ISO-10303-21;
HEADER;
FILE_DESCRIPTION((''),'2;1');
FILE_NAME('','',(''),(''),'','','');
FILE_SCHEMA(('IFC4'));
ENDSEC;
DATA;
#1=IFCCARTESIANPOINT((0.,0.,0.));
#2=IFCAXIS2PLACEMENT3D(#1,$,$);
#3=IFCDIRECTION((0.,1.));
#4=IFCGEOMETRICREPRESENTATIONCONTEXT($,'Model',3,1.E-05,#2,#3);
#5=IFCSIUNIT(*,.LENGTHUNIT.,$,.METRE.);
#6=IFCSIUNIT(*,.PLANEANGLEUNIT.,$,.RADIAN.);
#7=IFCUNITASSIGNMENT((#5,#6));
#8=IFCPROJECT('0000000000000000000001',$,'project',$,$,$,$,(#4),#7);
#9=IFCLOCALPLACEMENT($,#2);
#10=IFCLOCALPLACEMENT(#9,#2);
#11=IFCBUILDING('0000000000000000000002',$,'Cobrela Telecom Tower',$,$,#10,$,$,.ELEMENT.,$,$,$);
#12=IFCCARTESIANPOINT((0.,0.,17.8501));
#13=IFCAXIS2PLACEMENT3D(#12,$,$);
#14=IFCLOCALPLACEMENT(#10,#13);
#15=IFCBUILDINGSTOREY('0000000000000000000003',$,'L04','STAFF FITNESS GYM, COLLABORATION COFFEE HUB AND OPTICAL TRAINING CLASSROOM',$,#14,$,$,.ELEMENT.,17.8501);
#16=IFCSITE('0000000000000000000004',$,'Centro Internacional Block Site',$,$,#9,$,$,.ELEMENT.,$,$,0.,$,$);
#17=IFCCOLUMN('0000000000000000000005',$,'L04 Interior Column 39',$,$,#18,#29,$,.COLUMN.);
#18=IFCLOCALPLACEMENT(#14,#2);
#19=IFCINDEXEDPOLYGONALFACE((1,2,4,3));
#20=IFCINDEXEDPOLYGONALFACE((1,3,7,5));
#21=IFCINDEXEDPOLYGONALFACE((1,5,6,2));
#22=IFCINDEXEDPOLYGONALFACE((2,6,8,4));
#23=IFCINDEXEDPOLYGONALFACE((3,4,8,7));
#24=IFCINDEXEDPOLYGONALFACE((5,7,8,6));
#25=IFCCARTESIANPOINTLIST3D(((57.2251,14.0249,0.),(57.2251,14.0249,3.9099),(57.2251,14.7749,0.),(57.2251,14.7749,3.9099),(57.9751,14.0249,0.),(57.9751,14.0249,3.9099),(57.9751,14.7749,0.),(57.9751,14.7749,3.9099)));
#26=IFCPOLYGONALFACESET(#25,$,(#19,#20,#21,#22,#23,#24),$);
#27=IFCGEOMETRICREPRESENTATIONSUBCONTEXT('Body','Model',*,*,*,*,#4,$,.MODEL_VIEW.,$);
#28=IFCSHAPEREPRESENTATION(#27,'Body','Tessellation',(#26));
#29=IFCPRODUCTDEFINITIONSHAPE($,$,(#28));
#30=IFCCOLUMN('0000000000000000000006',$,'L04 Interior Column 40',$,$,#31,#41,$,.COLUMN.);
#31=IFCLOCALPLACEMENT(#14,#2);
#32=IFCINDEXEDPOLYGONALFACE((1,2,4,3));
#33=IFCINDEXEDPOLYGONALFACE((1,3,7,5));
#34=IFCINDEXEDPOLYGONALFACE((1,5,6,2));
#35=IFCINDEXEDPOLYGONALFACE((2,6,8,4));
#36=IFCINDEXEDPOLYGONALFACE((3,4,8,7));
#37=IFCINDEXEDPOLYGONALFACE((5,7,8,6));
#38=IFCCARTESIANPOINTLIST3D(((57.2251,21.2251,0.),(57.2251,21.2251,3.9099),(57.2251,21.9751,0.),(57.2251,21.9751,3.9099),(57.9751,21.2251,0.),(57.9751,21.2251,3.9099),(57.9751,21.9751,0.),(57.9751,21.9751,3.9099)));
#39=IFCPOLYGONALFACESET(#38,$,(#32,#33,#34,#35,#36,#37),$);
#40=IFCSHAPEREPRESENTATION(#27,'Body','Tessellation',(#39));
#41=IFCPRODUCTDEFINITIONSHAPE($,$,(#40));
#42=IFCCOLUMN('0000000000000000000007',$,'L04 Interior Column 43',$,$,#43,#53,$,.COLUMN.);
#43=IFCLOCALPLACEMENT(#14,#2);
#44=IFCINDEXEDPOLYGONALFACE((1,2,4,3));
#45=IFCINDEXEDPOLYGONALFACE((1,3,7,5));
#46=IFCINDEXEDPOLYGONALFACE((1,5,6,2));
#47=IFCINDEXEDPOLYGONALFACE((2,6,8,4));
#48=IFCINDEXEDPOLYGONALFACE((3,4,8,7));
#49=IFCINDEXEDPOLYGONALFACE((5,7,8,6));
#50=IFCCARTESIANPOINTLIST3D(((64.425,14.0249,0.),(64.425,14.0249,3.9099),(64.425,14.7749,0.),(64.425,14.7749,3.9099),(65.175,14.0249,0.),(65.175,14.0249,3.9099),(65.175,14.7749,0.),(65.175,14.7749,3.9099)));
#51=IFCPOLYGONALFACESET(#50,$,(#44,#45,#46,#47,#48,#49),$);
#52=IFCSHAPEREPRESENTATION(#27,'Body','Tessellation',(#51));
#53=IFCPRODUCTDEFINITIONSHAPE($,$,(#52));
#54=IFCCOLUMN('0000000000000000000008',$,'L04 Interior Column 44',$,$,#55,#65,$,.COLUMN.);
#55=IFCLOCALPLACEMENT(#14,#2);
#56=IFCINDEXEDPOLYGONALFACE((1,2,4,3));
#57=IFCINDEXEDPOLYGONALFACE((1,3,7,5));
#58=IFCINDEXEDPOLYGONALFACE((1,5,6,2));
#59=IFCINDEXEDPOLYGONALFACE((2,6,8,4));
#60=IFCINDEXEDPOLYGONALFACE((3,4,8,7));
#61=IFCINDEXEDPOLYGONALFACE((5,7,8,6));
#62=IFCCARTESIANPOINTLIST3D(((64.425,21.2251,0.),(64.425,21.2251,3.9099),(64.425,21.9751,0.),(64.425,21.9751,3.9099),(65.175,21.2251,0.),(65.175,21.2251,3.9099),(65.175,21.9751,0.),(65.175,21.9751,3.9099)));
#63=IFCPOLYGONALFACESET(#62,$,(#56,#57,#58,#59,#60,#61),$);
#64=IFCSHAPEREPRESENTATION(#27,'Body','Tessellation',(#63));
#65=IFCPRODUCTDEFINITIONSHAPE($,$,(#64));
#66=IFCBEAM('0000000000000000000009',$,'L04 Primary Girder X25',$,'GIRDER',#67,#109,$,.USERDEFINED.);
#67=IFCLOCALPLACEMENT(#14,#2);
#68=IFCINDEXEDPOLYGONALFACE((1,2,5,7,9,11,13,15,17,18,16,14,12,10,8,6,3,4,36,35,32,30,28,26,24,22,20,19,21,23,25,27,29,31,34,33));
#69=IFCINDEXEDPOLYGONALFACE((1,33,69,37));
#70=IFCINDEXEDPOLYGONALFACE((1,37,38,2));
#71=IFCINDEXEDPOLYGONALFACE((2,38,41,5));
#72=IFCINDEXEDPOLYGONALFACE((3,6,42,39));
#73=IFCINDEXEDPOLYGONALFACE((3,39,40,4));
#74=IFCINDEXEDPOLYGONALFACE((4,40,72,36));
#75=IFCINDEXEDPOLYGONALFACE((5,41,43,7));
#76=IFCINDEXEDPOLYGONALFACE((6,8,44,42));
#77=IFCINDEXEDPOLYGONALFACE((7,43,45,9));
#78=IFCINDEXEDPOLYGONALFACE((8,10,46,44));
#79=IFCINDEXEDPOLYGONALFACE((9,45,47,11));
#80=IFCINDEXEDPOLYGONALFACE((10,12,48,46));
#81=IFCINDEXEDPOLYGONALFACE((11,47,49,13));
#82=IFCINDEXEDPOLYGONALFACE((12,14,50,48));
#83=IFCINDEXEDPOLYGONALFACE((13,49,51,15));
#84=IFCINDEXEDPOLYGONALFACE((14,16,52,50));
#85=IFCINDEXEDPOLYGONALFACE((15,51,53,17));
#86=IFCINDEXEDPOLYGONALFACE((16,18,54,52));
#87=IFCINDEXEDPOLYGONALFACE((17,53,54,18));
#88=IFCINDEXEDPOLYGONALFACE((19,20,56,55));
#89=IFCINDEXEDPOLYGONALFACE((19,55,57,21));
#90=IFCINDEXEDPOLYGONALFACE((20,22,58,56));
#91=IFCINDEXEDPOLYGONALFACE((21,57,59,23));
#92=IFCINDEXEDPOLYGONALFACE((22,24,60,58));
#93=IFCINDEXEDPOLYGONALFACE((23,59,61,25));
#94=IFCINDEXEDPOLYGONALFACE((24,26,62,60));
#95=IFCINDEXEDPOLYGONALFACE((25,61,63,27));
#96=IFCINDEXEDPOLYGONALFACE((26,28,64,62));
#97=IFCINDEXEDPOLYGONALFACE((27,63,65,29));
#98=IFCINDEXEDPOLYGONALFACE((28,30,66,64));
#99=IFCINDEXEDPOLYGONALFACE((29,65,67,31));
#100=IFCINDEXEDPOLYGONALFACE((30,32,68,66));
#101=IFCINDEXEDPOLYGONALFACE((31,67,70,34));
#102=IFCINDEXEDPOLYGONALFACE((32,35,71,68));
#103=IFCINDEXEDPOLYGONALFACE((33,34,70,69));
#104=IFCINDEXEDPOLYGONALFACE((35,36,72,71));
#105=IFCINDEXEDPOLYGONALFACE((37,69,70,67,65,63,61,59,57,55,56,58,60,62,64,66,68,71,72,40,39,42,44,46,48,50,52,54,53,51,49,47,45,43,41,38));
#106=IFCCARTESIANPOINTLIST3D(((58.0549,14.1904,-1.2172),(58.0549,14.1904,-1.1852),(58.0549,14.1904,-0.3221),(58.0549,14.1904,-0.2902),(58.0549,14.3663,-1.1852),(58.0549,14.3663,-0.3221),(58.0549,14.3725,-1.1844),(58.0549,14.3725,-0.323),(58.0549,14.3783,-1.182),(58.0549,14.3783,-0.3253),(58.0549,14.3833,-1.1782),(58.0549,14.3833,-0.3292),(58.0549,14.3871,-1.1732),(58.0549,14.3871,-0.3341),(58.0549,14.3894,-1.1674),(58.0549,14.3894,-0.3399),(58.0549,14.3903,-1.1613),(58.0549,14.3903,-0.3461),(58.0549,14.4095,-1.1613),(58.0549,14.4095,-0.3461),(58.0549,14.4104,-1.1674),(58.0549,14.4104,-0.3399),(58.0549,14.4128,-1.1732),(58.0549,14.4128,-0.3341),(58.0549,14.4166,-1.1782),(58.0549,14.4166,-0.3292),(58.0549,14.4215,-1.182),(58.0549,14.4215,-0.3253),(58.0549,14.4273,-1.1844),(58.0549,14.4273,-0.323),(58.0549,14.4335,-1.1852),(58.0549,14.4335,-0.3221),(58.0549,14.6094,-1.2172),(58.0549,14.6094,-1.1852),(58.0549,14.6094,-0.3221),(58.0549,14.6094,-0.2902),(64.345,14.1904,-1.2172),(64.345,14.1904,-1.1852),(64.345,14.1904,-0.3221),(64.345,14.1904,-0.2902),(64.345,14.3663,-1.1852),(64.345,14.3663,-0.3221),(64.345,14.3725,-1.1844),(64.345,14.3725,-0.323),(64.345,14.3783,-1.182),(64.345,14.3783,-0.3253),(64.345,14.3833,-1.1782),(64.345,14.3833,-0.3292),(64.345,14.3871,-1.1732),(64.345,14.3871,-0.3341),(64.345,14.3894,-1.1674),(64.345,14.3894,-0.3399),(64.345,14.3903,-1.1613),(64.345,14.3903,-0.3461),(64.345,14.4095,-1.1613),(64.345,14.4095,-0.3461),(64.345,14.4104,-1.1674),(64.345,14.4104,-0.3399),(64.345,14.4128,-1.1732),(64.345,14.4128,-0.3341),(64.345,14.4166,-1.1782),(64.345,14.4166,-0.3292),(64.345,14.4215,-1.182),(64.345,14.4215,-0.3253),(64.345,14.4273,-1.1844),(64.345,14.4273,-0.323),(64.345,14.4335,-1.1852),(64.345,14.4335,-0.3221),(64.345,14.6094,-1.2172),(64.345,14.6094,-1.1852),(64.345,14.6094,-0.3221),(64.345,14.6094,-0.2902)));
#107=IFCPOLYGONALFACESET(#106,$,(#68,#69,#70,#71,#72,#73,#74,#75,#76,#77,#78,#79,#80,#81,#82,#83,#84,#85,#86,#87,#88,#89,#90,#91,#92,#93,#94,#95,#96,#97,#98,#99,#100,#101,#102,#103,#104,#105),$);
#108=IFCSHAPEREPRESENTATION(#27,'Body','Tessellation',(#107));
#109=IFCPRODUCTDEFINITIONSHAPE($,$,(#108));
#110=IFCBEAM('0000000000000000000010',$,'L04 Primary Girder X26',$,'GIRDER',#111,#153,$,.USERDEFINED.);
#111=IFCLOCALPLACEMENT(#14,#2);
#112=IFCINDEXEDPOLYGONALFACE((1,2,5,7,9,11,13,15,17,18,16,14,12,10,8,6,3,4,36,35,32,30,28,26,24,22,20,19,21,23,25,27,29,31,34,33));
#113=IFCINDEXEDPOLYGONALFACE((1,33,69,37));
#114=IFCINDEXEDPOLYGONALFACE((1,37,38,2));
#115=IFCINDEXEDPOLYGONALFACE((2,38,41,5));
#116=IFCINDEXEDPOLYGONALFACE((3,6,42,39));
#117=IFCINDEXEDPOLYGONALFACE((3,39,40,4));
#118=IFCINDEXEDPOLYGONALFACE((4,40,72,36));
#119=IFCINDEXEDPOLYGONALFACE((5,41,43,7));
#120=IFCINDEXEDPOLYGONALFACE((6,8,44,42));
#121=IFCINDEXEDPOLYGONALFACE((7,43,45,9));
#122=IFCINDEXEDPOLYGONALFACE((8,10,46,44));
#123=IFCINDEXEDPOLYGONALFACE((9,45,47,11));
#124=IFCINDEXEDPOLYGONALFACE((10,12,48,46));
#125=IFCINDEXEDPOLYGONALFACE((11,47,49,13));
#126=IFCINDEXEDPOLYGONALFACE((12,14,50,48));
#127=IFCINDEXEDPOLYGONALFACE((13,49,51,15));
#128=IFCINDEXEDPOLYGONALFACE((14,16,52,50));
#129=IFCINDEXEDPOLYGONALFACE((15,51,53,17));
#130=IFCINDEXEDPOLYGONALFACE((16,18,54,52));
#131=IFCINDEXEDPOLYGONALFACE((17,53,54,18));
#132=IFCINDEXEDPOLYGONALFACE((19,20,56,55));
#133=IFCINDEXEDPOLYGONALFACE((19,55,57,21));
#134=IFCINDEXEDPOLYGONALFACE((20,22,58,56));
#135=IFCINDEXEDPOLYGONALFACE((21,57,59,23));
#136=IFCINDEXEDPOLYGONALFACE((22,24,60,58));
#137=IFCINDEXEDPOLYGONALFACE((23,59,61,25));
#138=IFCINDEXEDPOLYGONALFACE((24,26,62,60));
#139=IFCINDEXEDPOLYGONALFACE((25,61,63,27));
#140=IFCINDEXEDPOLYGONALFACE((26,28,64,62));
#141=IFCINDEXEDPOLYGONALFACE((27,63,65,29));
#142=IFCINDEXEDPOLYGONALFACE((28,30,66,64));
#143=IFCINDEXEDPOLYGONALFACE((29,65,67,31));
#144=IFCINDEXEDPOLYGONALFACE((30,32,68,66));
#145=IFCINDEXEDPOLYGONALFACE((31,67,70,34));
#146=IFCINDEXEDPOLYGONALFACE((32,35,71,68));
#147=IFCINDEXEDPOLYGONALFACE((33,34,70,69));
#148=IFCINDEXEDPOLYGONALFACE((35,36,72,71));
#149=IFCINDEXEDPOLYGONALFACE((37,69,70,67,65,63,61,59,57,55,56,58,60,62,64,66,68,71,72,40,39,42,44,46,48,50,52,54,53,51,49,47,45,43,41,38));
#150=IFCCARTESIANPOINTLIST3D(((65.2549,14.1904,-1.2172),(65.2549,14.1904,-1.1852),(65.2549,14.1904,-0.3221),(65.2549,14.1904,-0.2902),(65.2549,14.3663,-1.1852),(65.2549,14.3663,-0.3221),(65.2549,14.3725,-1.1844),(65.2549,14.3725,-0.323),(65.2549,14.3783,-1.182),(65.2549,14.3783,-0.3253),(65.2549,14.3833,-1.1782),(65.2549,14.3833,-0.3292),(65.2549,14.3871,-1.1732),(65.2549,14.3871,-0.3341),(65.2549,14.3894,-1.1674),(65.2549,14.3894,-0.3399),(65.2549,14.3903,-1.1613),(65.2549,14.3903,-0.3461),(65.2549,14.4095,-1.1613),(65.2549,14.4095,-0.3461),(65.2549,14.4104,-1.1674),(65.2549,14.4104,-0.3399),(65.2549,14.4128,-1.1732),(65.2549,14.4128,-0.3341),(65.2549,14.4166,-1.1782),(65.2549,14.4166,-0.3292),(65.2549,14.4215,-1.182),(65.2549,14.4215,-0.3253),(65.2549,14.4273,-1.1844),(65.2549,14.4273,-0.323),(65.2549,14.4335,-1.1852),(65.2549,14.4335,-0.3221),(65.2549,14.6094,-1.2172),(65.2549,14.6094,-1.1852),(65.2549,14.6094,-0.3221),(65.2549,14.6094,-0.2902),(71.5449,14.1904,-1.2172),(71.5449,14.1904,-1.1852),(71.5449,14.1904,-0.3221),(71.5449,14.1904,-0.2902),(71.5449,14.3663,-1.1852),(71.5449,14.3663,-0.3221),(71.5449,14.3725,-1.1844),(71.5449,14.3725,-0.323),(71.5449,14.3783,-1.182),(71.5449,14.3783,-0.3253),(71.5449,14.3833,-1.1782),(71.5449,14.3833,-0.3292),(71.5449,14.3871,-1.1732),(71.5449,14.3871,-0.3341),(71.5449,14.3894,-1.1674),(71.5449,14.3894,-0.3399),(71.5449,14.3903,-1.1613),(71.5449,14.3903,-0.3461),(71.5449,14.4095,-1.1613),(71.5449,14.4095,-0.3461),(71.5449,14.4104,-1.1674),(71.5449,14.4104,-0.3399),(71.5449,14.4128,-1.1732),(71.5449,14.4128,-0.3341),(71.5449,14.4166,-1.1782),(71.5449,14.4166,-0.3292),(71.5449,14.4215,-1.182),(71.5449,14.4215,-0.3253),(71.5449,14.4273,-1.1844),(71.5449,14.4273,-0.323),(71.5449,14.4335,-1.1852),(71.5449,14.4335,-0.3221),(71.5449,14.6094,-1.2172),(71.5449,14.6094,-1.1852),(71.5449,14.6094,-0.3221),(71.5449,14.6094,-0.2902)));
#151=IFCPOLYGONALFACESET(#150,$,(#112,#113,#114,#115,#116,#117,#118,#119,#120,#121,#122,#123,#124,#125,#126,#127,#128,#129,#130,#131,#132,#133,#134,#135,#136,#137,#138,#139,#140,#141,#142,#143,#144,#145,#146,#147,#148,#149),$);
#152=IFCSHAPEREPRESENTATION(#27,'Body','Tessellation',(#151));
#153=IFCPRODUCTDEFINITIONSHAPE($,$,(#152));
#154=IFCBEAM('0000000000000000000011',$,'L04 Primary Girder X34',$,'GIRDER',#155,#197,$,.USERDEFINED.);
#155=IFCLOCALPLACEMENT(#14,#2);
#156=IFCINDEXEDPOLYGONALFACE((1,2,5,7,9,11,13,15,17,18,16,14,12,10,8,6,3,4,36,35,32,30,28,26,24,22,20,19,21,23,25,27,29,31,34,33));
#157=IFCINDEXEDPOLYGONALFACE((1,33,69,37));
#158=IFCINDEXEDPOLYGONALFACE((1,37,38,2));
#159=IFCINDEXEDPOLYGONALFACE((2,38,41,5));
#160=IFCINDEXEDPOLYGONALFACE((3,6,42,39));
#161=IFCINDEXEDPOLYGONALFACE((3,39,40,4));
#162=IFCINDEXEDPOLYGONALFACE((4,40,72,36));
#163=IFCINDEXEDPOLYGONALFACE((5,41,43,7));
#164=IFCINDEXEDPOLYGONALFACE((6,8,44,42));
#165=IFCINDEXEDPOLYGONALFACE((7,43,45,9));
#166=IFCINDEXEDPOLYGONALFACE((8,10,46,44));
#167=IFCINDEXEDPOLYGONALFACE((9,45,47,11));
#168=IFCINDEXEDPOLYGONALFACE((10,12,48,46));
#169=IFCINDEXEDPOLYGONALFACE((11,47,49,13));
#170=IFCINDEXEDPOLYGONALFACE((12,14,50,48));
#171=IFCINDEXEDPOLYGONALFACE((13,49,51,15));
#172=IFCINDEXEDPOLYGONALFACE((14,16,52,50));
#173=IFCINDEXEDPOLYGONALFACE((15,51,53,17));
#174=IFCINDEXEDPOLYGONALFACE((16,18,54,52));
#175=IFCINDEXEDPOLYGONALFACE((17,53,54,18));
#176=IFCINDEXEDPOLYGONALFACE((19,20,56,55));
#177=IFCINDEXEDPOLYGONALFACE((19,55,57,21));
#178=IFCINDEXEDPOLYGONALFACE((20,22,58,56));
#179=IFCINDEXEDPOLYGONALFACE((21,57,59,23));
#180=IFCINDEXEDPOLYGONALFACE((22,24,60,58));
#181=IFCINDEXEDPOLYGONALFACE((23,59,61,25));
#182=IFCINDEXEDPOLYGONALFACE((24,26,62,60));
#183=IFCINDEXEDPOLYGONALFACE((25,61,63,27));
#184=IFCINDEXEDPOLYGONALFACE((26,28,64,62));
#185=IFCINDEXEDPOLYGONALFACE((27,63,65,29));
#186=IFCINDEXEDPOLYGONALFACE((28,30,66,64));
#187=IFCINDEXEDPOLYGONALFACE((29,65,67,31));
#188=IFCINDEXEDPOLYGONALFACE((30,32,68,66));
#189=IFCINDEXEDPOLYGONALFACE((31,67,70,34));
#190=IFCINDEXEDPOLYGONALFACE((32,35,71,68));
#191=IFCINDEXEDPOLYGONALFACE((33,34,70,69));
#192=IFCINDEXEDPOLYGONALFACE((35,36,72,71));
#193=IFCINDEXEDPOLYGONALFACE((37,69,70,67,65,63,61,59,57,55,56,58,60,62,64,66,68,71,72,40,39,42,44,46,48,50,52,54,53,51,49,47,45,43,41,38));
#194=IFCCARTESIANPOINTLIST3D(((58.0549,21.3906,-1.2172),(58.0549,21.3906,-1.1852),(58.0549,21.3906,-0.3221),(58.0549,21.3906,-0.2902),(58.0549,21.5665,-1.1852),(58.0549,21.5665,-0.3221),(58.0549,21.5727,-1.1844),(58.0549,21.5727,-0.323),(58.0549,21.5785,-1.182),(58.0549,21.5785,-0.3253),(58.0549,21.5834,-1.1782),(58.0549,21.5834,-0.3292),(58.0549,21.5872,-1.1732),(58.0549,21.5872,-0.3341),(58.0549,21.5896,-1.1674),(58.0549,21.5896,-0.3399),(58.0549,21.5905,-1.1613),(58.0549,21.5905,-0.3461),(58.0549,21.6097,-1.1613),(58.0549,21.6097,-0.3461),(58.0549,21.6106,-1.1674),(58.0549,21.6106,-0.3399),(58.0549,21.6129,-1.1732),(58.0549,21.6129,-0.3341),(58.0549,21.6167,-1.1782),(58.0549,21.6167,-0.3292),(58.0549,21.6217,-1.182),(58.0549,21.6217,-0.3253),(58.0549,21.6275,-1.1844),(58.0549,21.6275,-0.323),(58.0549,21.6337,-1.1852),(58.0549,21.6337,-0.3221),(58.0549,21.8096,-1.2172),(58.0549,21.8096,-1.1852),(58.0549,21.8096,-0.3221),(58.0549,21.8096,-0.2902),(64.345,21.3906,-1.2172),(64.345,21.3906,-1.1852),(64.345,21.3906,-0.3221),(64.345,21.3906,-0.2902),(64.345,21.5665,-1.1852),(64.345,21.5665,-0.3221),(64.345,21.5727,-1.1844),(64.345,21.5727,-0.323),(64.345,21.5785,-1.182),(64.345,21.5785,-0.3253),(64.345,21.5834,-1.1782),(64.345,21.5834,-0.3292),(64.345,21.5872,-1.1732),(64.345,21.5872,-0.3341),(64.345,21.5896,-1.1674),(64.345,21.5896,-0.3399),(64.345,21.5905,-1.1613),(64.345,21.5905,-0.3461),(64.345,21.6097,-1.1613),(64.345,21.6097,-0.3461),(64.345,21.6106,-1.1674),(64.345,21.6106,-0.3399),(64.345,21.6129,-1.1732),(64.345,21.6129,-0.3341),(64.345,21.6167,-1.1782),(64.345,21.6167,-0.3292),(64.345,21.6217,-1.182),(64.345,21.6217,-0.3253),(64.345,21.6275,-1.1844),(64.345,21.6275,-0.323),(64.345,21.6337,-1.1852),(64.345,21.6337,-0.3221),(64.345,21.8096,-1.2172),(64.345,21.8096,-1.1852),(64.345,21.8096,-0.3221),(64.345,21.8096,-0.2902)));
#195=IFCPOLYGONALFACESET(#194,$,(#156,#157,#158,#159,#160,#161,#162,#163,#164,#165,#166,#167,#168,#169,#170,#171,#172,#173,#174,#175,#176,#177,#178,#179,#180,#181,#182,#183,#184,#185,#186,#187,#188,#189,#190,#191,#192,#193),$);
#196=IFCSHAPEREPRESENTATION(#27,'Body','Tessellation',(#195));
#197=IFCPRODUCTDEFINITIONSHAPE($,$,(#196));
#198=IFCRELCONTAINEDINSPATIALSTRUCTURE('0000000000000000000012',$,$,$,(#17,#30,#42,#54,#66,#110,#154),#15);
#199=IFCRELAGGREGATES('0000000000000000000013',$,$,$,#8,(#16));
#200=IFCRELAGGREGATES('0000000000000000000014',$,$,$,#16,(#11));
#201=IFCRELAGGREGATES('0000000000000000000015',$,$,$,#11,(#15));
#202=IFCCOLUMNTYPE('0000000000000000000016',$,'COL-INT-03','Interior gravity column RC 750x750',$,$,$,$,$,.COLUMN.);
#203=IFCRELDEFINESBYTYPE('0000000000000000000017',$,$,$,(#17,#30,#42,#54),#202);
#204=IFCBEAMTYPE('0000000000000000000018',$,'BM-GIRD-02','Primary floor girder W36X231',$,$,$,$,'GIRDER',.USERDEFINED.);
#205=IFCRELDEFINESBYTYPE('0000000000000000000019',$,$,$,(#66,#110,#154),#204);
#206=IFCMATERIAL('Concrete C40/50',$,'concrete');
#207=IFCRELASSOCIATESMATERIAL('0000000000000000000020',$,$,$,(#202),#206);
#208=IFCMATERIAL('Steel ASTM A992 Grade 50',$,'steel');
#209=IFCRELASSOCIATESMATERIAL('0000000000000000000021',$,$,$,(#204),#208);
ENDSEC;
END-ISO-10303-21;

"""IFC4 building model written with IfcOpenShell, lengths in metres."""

from ifc_helpers import new_model, si_unit, direction, frame, origin, origin_2d, place, context, subcontext, project, spatial, rectangle, i_section, extrude, material, material_profile, profile_set, type_object, element, save


model = new_model("IFC4")

# Units and contexts
model_context = context("Model", 3, precision=1e-05, world=origin(), true_north=direction((0.0, 1.0)))
body_context = subcontext(model_context, "Body", "Model", "MODEL_VIEW")
ifc_project = project(units=[si_unit("LENGTHUNIT", "METRE"), si_unit("PLANEANGLEUNIT", "RADIAN")], contexts=[model_context])

# Site, building, storey
site_placement = place(None, origin())
site = spatial("IfcSite", under=ifc_project, at=site_placement, Name="Centro Internacional Block Site", CompositionType="ELEMENT", RefElevation=0.0)
building_placement = place(site_placement, origin())
building = spatial("IfcBuilding", under=site, at=building_placement, Name="Cobrela Telecom Tower", CompositionType="ELEMENT")
storey_placement = place(building_placement, frame((0.0, 0.0, 17.8501)))
storey = spatial("IfcBuildingStorey", under=building, at=storey_placement, Name="L04", Description="STAFF FITNESS GYM, COLLABORATION COFFEE HUB AND OPTICAL TRAINING CLASSROOM", CompositionType="ELEMENT", Elevation=17.8501)

# Columns
ifc_material_1 = material(Name="Concrete C40/50", Category="concrete")
ifc_material_profile_1 = material_profile(ifc_material_1, rectangle(XDim=0.75, YDim=0.75, at=origin_2d()), Name="RC 750x750")
ifc_profile_set_1 = profile_set([ifc_material_profile_1], Name="Concrete C40/50")
column_type = type_object("IfcColumnType", Name="COL-INT-03", Description="Interior gravity column RC 750x750", PredefinedType="COLUMN", material=ifc_profile_set_1)
for number, where, z_axis, x_axis, name in (
    (1, (57.6001, 14.3999, 0.0), (0.0, 0.0, 1.0), (1.0, 0.0, 0.0), "L04 Interior Column 39"),
    (2, (57.6001, 21.6001, 0.0), (0.0, 0.0, 1.0), (1.0, 0.0, 0.0), "L04 Interior Column 40"),
    (3, (64.8, 14.3999, 0.0), (0.0, 0.0, 1.0), (1.0, 0.0, 0.0), "L04 Interior Column 43"),
    (4, (64.8, 21.6001, 0.0), (0.0, 0.0, 1.0), (1.0, 0.0, 0.0), "L04 Interior Column 44"),
):
    element("IfcColumn", number, at=place(storey_placement, frame(where, z_axis=z_axis, x_axis=x_axis)), inside=storey, type_object=column_type, Name=name, PredefinedType="COLUMN", context=body_context, shape_type="SweptSolid", body=[
        extrude(rectangle(XDim=0.75, YDim=0.75, at=origin_2d()), origin(), (0.0, 0.0, 1.0), 3.9099),
    ])

# Beams
ifc_material_2 = material(Name="Steel ASTM A992 Grade 50", Category="steel")
ifc_material_profile_2 = material_profile(ifc_material_2, i_section(OverallWidth=0.4189, OverallDepth=0.927, WebThickness=0.0193, FlangeThickness=0.032, FilletRadius=0.0239, at=origin_2d()), Name="W36X231")
ifc_profile_set_2 = profile_set([ifc_material_profile_2], Name="Steel ASTM A992 Grade 50")
beam_type_1 = type_object("IfcBeamType", Name="BM-GIRD-02", Description="Primary floor girder W36X231", ElementType="GIRDER", PredefinedType="USERDEFINED", material=ifc_profile_set_2)
for number, where, z_axis, x_axis, name in (
    (5, (58.0549, 14.3999, -0.7537), (1.0, 0.0, 0.0), (0.0, 1.0, 0.0), "L04 Primary Girder X25"),
    (6, (65.2549, 14.3999, -0.7537), (1.0, 0.0, 0.0), (0.0, 1.0, 0.0), "L04 Primary Girder X26"),
    (7, (58.0549, 21.6001, -0.7537), (1.0, 0.0, 0.0), (0.0, 1.0, 0.0), "L04 Primary Girder X34"),
):
    element("IfcBeam", number, at=place(storey_placement, frame(where, z_axis=z_axis, x_axis=x_axis)), inside=storey, type_object=beam_type_1, Name=name, ObjectType="GIRDER", PredefinedType="USERDEFINED", context=body_context, shape_type="SweptSolid", body=[
        extrude(i_section(OverallWidth=0.4189, OverallDepth=0.927, WebThickness=0.0193, FlangeThickness=0.032, FilletRadius=0.0239, at=origin_2d()), origin(), (0.0, 0.0, 1.0), 6.29),
    ])

save(model, "model.ifc")
